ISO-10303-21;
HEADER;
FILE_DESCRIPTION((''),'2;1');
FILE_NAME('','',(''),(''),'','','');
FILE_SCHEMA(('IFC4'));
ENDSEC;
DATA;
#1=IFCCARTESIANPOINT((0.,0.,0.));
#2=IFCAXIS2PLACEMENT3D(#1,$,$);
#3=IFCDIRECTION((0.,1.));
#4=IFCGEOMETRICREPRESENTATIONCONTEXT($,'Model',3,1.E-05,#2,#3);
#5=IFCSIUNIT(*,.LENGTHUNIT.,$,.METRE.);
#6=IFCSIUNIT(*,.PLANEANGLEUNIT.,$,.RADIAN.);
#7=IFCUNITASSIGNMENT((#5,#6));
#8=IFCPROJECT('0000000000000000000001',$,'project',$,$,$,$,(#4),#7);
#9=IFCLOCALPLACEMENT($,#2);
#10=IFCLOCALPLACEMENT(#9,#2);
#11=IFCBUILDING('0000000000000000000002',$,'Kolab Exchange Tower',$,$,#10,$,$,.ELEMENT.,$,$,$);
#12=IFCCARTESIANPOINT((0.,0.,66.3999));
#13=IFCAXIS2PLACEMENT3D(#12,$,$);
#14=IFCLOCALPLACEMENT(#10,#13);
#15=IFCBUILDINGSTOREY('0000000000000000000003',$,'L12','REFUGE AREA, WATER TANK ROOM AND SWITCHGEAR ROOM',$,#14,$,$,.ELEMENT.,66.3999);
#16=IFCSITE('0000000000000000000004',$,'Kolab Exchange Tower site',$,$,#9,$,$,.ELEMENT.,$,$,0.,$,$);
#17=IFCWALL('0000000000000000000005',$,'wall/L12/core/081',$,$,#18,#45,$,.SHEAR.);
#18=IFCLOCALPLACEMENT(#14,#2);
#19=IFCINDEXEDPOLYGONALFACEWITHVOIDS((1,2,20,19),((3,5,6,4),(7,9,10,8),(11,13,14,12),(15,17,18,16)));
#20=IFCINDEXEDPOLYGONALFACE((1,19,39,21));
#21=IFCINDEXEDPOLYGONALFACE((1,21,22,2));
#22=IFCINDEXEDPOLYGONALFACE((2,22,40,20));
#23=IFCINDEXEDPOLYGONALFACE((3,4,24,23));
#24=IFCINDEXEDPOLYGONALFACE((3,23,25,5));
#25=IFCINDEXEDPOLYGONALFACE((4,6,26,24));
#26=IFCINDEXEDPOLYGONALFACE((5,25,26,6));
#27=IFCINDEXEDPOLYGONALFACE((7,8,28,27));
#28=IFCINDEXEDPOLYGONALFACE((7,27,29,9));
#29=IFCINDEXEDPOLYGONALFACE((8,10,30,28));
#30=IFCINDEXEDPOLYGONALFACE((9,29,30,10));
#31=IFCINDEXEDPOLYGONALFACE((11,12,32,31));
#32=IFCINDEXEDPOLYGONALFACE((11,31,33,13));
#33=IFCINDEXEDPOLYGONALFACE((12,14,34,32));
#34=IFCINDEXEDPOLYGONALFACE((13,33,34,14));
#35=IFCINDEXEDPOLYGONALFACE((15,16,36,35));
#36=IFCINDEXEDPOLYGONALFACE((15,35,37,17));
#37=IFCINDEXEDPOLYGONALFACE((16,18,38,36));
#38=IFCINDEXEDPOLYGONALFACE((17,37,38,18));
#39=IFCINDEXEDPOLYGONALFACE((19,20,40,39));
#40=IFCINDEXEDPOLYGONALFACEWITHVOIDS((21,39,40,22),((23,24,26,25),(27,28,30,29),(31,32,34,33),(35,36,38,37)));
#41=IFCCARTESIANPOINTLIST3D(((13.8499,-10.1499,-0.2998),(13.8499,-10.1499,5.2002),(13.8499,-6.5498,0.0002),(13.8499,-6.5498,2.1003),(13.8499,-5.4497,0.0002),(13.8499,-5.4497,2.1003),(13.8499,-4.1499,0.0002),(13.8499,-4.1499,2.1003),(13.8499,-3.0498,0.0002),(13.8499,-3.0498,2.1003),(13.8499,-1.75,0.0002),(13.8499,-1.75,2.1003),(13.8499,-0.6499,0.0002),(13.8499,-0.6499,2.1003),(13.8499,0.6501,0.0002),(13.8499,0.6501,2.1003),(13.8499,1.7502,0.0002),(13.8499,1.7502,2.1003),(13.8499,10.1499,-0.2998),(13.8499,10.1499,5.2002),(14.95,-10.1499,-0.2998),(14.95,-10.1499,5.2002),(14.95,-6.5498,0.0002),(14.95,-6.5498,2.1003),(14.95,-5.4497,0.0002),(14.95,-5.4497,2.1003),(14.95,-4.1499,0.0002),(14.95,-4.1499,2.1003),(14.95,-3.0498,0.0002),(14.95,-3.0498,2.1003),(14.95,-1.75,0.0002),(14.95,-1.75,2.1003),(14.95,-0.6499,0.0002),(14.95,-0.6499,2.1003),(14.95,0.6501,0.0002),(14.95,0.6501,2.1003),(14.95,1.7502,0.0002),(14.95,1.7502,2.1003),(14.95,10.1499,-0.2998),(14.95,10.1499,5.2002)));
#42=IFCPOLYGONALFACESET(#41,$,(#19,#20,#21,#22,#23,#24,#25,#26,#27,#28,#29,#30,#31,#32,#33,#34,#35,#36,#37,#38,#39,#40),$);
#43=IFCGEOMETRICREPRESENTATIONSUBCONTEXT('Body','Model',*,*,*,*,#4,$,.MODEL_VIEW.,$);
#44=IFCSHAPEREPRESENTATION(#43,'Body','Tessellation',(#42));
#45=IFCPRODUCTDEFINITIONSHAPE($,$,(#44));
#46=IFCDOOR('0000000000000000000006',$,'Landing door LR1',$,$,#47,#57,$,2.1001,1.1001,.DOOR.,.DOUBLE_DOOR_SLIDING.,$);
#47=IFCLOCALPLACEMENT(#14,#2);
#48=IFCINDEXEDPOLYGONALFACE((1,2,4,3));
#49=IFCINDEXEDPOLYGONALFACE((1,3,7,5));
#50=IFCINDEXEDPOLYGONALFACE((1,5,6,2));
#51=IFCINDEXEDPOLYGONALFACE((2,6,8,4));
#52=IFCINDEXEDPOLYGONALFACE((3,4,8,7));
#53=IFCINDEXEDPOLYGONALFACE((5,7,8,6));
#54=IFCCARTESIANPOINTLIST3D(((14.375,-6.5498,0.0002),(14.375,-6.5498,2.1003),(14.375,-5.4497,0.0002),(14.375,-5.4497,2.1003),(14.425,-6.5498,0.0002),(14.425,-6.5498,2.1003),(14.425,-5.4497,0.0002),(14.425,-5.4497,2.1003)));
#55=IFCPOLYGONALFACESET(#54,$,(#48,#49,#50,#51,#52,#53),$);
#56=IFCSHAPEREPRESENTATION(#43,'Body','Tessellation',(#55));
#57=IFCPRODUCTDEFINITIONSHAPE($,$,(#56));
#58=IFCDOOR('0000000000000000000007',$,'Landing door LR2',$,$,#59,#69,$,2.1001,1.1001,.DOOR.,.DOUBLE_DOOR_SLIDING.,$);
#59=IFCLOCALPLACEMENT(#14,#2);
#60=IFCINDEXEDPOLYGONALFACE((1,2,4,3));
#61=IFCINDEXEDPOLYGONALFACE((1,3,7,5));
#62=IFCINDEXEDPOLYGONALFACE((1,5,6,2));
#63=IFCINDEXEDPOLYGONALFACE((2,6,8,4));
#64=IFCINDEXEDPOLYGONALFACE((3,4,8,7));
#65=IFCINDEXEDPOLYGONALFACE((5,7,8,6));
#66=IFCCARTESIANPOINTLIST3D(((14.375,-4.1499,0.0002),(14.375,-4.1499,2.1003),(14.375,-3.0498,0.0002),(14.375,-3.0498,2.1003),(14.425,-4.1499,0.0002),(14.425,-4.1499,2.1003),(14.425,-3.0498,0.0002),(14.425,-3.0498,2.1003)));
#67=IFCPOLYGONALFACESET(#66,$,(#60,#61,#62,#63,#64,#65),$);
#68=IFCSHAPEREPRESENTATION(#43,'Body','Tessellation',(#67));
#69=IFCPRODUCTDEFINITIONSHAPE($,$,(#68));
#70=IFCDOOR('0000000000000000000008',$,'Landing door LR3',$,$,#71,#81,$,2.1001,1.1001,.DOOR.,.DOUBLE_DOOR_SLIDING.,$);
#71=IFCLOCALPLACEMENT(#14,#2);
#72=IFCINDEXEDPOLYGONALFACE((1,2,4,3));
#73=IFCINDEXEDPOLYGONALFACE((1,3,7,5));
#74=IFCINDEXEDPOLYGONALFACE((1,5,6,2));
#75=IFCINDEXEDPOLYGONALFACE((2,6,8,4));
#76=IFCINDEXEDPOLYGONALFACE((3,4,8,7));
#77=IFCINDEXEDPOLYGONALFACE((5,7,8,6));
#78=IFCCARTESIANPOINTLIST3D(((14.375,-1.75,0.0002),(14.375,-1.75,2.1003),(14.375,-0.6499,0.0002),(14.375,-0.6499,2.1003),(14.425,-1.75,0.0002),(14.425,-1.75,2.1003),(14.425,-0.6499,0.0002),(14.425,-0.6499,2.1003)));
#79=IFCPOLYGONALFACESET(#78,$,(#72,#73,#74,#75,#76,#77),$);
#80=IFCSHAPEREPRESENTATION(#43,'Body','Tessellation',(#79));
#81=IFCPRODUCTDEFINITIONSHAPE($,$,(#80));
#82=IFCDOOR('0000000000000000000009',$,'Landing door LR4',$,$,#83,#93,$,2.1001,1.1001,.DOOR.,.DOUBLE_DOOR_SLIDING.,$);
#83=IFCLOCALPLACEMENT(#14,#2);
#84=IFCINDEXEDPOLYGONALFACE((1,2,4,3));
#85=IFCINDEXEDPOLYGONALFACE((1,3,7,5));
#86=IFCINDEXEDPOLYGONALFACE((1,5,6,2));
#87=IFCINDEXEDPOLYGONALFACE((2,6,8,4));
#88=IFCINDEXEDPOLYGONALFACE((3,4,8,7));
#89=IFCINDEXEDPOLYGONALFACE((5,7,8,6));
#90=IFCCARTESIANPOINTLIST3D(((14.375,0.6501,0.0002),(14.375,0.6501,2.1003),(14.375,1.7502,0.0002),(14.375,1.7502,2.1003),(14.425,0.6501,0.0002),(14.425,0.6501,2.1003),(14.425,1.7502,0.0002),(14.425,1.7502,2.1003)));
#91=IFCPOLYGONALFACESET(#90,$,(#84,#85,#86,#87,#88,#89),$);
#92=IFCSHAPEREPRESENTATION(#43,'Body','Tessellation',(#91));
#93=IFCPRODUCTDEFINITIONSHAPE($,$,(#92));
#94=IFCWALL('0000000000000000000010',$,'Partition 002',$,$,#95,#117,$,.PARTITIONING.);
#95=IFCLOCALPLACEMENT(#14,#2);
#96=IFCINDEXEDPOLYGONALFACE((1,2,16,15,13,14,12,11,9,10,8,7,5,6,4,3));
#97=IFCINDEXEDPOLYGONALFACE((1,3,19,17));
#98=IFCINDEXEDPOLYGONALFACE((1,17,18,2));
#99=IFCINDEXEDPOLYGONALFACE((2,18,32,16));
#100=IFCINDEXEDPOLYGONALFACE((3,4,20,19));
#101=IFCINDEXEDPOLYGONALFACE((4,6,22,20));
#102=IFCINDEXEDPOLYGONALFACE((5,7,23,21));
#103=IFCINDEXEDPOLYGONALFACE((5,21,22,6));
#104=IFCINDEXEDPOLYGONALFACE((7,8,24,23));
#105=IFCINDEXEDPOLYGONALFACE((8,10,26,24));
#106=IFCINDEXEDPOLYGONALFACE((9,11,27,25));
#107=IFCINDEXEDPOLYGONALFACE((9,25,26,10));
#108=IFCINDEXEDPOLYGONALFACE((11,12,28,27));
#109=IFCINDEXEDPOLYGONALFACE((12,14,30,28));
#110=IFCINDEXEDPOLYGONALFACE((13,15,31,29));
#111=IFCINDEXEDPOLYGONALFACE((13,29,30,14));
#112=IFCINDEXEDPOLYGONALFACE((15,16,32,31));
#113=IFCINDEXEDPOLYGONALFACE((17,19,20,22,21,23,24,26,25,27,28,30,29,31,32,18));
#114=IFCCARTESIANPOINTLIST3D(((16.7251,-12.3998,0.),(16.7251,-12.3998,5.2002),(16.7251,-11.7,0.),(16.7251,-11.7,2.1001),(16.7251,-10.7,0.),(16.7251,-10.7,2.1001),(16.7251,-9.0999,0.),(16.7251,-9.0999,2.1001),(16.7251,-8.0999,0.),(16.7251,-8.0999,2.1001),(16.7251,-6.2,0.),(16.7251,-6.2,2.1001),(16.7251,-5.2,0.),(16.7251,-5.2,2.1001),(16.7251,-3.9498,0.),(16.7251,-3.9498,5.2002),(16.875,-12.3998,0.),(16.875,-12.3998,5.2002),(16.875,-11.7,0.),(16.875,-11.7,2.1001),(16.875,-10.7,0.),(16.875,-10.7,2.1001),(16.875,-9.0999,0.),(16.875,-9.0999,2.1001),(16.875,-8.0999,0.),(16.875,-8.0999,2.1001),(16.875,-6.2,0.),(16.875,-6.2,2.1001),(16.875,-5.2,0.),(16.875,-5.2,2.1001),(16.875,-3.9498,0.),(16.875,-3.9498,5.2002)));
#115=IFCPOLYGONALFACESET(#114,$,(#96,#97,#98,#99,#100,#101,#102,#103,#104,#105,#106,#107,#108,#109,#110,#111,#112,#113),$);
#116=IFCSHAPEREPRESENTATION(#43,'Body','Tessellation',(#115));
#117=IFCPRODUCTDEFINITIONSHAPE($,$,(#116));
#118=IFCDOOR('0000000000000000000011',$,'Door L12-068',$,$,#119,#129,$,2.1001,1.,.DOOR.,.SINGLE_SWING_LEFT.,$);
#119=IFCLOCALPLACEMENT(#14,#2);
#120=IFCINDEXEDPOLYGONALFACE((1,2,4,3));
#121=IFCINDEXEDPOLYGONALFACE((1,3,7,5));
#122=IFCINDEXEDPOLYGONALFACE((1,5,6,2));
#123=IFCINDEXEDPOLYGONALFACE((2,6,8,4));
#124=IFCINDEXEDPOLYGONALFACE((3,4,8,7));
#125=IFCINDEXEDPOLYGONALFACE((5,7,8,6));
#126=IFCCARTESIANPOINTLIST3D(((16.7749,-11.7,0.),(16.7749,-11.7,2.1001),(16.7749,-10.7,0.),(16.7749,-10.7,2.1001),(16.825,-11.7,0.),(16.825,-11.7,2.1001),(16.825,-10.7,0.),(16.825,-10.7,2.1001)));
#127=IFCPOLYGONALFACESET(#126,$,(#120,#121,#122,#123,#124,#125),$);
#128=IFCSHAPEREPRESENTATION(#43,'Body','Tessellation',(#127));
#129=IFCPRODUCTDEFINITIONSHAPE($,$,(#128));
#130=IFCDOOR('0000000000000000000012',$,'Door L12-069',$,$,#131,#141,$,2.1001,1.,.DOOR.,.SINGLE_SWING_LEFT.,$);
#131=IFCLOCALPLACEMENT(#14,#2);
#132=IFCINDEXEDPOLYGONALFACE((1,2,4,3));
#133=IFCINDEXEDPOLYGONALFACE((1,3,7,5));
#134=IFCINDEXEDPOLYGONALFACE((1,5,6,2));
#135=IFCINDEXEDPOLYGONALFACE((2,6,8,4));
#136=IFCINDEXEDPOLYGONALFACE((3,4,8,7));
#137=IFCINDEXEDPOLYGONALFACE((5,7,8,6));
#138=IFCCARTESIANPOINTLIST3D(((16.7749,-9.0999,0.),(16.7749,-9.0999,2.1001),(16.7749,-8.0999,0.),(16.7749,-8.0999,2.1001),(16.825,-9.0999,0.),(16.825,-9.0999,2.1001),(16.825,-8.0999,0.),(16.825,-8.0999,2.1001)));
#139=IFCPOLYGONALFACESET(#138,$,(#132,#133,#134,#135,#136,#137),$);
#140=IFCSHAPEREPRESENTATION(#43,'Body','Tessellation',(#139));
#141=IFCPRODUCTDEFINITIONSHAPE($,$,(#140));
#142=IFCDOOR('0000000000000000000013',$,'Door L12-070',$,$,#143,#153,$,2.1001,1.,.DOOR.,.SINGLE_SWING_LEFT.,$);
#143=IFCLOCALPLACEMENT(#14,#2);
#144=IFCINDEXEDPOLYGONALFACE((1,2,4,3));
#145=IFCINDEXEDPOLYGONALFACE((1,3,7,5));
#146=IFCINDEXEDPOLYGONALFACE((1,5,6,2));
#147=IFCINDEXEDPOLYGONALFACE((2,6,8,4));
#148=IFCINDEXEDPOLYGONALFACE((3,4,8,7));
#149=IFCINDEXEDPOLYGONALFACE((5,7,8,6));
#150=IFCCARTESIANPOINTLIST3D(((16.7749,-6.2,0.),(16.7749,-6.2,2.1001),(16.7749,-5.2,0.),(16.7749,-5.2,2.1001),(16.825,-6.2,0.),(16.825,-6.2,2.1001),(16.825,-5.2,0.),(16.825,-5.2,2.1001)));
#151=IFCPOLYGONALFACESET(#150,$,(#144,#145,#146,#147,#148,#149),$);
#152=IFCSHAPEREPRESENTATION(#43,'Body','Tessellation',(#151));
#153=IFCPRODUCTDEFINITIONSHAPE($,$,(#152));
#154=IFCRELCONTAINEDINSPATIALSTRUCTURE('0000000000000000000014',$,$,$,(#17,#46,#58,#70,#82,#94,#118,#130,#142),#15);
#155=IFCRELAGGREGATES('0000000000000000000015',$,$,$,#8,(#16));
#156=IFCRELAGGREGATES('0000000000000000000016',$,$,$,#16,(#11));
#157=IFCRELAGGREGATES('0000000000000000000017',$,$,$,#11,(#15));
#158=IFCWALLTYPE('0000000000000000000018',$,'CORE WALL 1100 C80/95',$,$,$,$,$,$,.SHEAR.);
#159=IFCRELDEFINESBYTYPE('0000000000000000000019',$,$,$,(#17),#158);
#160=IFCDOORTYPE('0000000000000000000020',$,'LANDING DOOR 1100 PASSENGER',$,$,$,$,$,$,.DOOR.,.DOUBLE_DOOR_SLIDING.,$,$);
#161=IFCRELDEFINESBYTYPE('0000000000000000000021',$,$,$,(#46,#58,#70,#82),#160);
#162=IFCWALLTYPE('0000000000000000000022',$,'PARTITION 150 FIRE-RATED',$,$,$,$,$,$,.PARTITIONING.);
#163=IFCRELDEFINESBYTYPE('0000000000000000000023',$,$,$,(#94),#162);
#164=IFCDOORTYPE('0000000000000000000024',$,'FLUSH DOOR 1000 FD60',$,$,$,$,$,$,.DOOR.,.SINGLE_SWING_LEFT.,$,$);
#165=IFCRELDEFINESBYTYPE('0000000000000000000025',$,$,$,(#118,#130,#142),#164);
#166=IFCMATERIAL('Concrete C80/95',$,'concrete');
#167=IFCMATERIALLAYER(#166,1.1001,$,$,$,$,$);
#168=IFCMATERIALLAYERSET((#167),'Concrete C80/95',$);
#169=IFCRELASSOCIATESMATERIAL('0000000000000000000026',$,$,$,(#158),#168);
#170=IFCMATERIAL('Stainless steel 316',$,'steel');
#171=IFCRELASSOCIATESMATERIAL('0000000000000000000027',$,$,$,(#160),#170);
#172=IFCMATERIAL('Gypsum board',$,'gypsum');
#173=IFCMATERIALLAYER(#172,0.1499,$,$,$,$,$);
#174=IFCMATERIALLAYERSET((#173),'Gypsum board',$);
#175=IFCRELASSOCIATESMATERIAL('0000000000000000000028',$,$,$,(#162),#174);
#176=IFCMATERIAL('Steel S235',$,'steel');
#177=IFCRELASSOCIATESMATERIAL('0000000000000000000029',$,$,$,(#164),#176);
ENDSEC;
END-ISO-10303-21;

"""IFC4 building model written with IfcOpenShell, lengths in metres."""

from ifc_helpers import new_model, si_unit, direction, frame, frame_2d, origin, place, context, subcontext, project, spatial, rectangle, extrude, material, layer, layer_set, type_object, element, fill, save


model = new_model("IFC4")

# Units and contexts
model_context = context("Model", 3, precision=1e-05, world=origin(), true_north=direction((0.0, 1.0)))
body_context = subcontext(model_context, "Body", "Model", "MODEL_VIEW")
ifc_project = project(units=[si_unit("LENGTHUNIT", "METRE"), si_unit("PLANEANGLEUNIT", "RADIAN")], contexts=[model_context])

# Site, building, storey
site_placement = place(None, origin())
site = spatial("IfcSite", under=ifc_project, at=site_placement, Name="Kolab Exchange Tower site", CompositionType="ELEMENT", RefElevation=0.0)
building_placement = place(site_placement, origin())
building = spatial("IfcBuilding", under=site, at=building_placement, Name="Kolab Exchange Tower", CompositionType="ELEMENT")
storey_placement = place(building_placement, frame((0.0, 0.0, 66.3999)))
storey = spatial("IfcBuildingStorey", under=building, at=storey_placement, Name="L12", Description="REFUGE AREA, WATER TANK ROOM AND SWITCHGEAR ROOM", CompositionType="ELEMENT", Elevation=66.3999)

# Shared definitions
ifc_material_1 = material(Name="Concrete C80/95", Category="concrete")

# Shared definitions
ifc_layer_1 = layer(ifc_material_1, 1.1001)
ifc_layer_set_1 = layer_set([ifc_layer_1], Name="Concrete C80/95")
wall_type_1 = type_object("IfcWallType", Name="CORE WALL 1100 C80/95", PredefinedType="SHEAR", material=ifc_layer_set_1)

# Walls, openings, doors
wall_1_placement = place(storey_placement, frame((14.3999, -10.1499, -0.2998), z_axis=(0.0, 0.0, 1.0), x_axis=(0.0, 1.0, 0.0)))
wall_1 = element("IfcWall", 1, at=wall_1_placement, inside=storey, type_object=wall_type_1, Name="wall/L12/core/081", PredefinedType="SHEAR", context=body_context, shape_type="SweptSolid", body=[
    extrude(rectangle(XDim=20.2998, YDim=1.1001, at=frame_2d((10.1499, 0.0))), origin(), (0.0, 0.0, 1.0), 5.5),
])
opening_1_placement = place(wall_1_placement, frame((3.6001, 0.0, 0.3)))
opening_1 = element("IfcOpeningElement", 2, at=opening_1_placement, cuts=wall_1, PredefinedType="OPENING", context=body_context, shape_type="SweptSolid", body=[
    extrude(rectangle(XDim=1.1001, YDim=2.1001, at=frame_2d((0.55, 1.05))), frame((0.0, 0.5601, 0.0), z_axis=(0.0, -1.0, 0.0), x_axis=(1.0, 0.0, 0.0)), (0.0, 0.0, 1.0), 1.1201),
])
opening_2_placement = place(wall_1_placement, frame((6.0, 0.0, 0.3)))
opening_2 = element("IfcOpeningElement", 3, at=opening_2_placement, cuts=wall_1, PredefinedType="OPENING", context=body_context, shape_type="SweptSolid", body=[
    extrude(rectangle(XDim=1.1001, YDim=2.1001, at=frame_2d((0.55, 1.05))), frame((0.0, 0.5601, 0.0), z_axis=(0.0, -1.0, 0.0), x_axis=(1.0, 0.0, 0.0)), (0.0, 0.0, 1.0), 1.1201),
])
opening_3_placement = place(wall_1_placement, frame((8.3999, 0.0, 0.3)))
opening_3 = element("IfcOpeningElement", 4, at=opening_3_placement, cuts=wall_1, PredefinedType="OPENING", context=body_context, shape_type="SweptSolid", body=[
    extrude(rectangle(XDim=1.1001, YDim=2.1001, at=frame_2d((0.55, 1.05))), frame((0.0, 0.5601, 0.0), z_axis=(0.0, -1.0, 0.0), x_axis=(1.0, 0.0, 0.0)), (0.0, 0.0, 1.0), 1.1201),
])
opening_4_placement = place(wall_1_placement, frame((10.8, 0.0, 0.3)))
opening_4 = element("IfcOpeningElement", 5, at=opening_4_placement, cuts=wall_1, PredefinedType="OPENING", context=body_context, shape_type="SweptSolid", body=[
    extrude(rectangle(XDim=1.1001, YDim=2.1001, at=frame_2d((0.55, 1.05))), frame((0.0, 0.5601, 0.0), z_axis=(0.0, -1.0, 0.0), x_axis=(1.0, 0.0, 0.0)), (0.0, 0.0, 1.0), 1.1201),
])
ifc_material_2 = material(Name="Stainless steel 316", Category="steel")
door_type_1 = type_object("IfcDoorType", Name="LANDING DOOR 1100 PASSENGER", OperationType="DOUBLE_DOOR_SLIDING", PredefinedType="DOOR", material=ifc_material_2)
door_1_placement = place(opening_1_placement, origin())
door_1 = element("IfcDoor", 6, at=door_1_placement, inside=storey, type_object=door_type_1, Name="Landing door LR1", OperationType="DOUBLE_DOOR_SLIDING", OverallHeight=2.1001, OverallWidth=1.1001, PredefinedType="DOOR", context=body_context, shape_type="SweptSolid", body=[
    extrude(rectangle(XDim=1.1001, YDim=2.1001, at=frame_2d((0.55, 1.05))), frame((0.0, 0.0249, 0.0), z_axis=(0.0, -1.0, 0.0), x_axis=(1.0, 0.0, 0.0)), (0.0, 0.0, 1.0), 0.05),
])
fill(opening_1, door_1)
door_2_placement = place(opening_2_placement, origin())
door_2 = element("IfcDoor", 7, at=door_2_placement, inside=storey, type_object=door_type_1, Name="Landing door LR2", OperationType="DOUBLE_DOOR_SLIDING", OverallHeight=2.1001, OverallWidth=1.1001, PredefinedType="DOOR", context=body_context, shape_type="SweptSolid", body=[
    extrude(rectangle(XDim=1.1001, YDim=2.1001, at=frame_2d((0.55, 1.05))), frame((0.0, 0.0249, 0.0), z_axis=(0.0, -1.0, 0.0), x_axis=(1.0, 0.0, 0.0)), (0.0, 0.0, 1.0), 0.05),
])
fill(opening_2, door_2)
door_3_placement = place(opening_3_placement, origin())
door_3 = element("IfcDoor", 8, at=door_3_placement, inside=storey, type_object=door_type_1, Name="Landing door LR3", OperationType="DOUBLE_DOOR_SLIDING", OverallHeight=2.1001, OverallWidth=1.1001, PredefinedType="DOOR", context=body_context, shape_type="SweptSolid", body=[
    extrude(rectangle(XDim=1.1001, YDim=2.1001, at=frame_2d((0.55, 1.05))), frame((0.0, 0.0249, 0.0), z_axis=(0.0, -1.0, 0.0), x_axis=(1.0, 0.0, 0.0)), (0.0, 0.0, 1.0), 0.05),
])
fill(opening_3, door_3)
door_4_placement = place(opening_4_placement, origin())
door_4 = element("IfcDoor", 9, at=door_4_placement, inside=storey, type_object=door_type_1, Name="Landing door LR4", OperationType="DOUBLE_DOOR_SLIDING", OverallHeight=2.1001, OverallWidth=1.1001, PredefinedType="DOOR", context=body_context, shape_type="SweptSolid", body=[
    extrude(rectangle(XDim=1.1001, YDim=2.1001, at=frame_2d((0.55, 1.05))), frame((0.0, 0.0249, 0.0), z_axis=(0.0, -1.0, 0.0), x_axis=(1.0, 0.0, 0.0)), (0.0, 0.0, 1.0), 0.05),
])
fill(opening_4, door_4)
ifc_material_3 = material(Name="Gypsum board", Category="gypsum")
ifc_layer_2 = layer(ifc_material_3, 0.1499)
ifc_layer_set_2 = layer_set([ifc_layer_2], Name="Gypsum board")
wall_type_2 = type_object("IfcWallType", Name="PARTITION 150 FIRE-RATED", PredefinedType="PARTITIONING", material=ifc_layer_set_2)
wall_2_placement = place(storey_placement, frame((16.8, -12.3999, 0.0), z_axis=(0.0, 0.0, 1.0), x_axis=(0.0, 1.0, 0.0)))
wall_2 = element("IfcWall", 10, at=wall_2_placement, inside=storey, type_object=wall_type_2, Name="Partition 002", PredefinedType="PARTITIONING", context=body_context, shape_type="SweptSolid", body=[
    extrude(rectangle(XDim=8.45, YDim=0.1499, at=frame_2d((4.2251, 0.0))), origin(), (0.0, 0.0, 1.0), 5.2002),
])
opening_5_placement = place(wall_2_placement, frame((0.7, 0.0, 0.0)))
opening_5 = element("IfcOpeningElement", 11, at=opening_5_placement, cuts=wall_2, PredefinedType="OPENING", context=body_context, shape_type="SweptSolid", body=[
    extrude(rectangle(XDim=1.0, YDim=2.1001, at=frame_2d((0.5, 1.05))), frame((0.0, 0.085, 0.0), z_axis=(0.0, -1.0, 0.0), x_axis=(1.0, 0.0, 0.0)), (0.0, 0.0, 1.0), 0.1699),
])
opening_6_placement = place(wall_2_placement, frame((3.3, 0.0, 0.0)))
opening_6 = element("IfcOpeningElement", 12, at=opening_6_placement, cuts=wall_2, PredefinedType="OPENING", context=body_context, shape_type="SweptSolid", body=[
    extrude(rectangle(XDim=1.0, YDim=2.1001, at=frame_2d((0.5, 1.05))), frame((0.0, 0.085, 0.0), z_axis=(0.0, -1.0, 0.0), x_axis=(1.0, 0.0, 0.0)), (0.0, 0.0, 1.0), 0.1699),
])
opening_7_placement = place(wall_2_placement, frame((6.2, 0.0, 0.0)))
opening_7 = element("IfcOpeningElement", 13, at=opening_7_placement, cuts=wall_2, PredefinedType="OPENING", context=body_context, shape_type="SweptSolid", body=[
    extrude(rectangle(XDim=1.0, YDim=2.1001, at=frame_2d((0.5, 1.05))), frame((0.0, 0.085, 0.0), z_axis=(0.0, -1.0, 0.0), x_axis=(1.0, 0.0, 0.0)), (0.0, 0.0, 1.0), 0.1699),
])
ifc_material_4 = material(Name="Steel S235", Category="steel")
door_type_2 = type_object("IfcDoorType", Name="FLUSH DOOR 1000 FD60", OperationType="SINGLE_SWING_LEFT", PredefinedType="DOOR", material=ifc_material_4)
door_5_placement = place(opening_5_placement, frame((1.0, 0.0, 0.0), z_axis=(0.0, 0.0, 1.0), x_axis=(-1.0, 0.0, 0.0)))
door_5 = element("IfcDoor", 14, at=door_5_placement, inside=storey, type_object=door_type_2, Name="Door L12-068", OperationType="SINGLE_SWING_LEFT", OverallHeight=2.1001, OverallWidth=1.0, PredefinedType="DOOR", context=body_context, shape_type="SweptSolid", body=[
    extrude(rectangle(XDim=1.0, YDim=2.1001, at=frame_2d((0.5, 1.05))), frame((0.0, 0.0249, 0.0), z_axis=(0.0, -1.0, 0.0), x_axis=(1.0, 0.0, 0.0)), (0.0, 0.0, 1.0), 0.05),
])
fill(opening_5, door_5)
door_6_placement = place(opening_6_placement, frame((1.0, 0.0, 0.0), z_axis=(0.0, 0.0, 1.0), x_axis=(-1.0, 0.0, 0.0)))
door_6 = element("IfcDoor", 15, at=door_6_placement, inside=storey, type_object=door_type_2, Name="Door L12-069", OperationType="SINGLE_SWING_LEFT", OverallHeight=2.1001, OverallWidth=1.0, PredefinedType="DOOR", context=body_context, shape_type="SweptSolid", body=[
    extrude(rectangle(XDim=1.0, YDim=2.1001, at=frame_2d((0.5, 1.05))), frame((0.0, 0.0249, 0.0), z_axis=(0.0, -1.0, 0.0), x_axis=(1.0, 0.0, 0.0)), (0.0, 0.0, 1.0), 0.05),
])
fill(opening_6, door_6)
door_7_placement = place(opening_7_placement, frame((1.0, 0.0, 0.0), z_axis=(0.0, 0.0, 1.0), x_axis=(-1.0, 0.0, 0.0)))
door_7 = element("IfcDoor", 16, at=door_7_placement, inside=storey, type_object=door_type_2, Name="Door L12-070", OperationType="SINGLE_SWING_LEFT", OverallHeight=2.1001, OverallWidth=1.0, PredefinedType="DOOR", context=body_context, shape_type="SweptSolid", body=[
    extrude(rectangle(XDim=1.0, YDim=2.1001, at=frame_2d((0.5, 1.05))), frame((0.0, 0.0249, 0.0), z_axis=(0.0, -1.0, 0.0), x_axis=(1.0, 0.0, 0.0)), (0.0, 0.0, 1.0), 0.05),
])
fill(opening_7, door_7)

save(model, "model.ifc")
